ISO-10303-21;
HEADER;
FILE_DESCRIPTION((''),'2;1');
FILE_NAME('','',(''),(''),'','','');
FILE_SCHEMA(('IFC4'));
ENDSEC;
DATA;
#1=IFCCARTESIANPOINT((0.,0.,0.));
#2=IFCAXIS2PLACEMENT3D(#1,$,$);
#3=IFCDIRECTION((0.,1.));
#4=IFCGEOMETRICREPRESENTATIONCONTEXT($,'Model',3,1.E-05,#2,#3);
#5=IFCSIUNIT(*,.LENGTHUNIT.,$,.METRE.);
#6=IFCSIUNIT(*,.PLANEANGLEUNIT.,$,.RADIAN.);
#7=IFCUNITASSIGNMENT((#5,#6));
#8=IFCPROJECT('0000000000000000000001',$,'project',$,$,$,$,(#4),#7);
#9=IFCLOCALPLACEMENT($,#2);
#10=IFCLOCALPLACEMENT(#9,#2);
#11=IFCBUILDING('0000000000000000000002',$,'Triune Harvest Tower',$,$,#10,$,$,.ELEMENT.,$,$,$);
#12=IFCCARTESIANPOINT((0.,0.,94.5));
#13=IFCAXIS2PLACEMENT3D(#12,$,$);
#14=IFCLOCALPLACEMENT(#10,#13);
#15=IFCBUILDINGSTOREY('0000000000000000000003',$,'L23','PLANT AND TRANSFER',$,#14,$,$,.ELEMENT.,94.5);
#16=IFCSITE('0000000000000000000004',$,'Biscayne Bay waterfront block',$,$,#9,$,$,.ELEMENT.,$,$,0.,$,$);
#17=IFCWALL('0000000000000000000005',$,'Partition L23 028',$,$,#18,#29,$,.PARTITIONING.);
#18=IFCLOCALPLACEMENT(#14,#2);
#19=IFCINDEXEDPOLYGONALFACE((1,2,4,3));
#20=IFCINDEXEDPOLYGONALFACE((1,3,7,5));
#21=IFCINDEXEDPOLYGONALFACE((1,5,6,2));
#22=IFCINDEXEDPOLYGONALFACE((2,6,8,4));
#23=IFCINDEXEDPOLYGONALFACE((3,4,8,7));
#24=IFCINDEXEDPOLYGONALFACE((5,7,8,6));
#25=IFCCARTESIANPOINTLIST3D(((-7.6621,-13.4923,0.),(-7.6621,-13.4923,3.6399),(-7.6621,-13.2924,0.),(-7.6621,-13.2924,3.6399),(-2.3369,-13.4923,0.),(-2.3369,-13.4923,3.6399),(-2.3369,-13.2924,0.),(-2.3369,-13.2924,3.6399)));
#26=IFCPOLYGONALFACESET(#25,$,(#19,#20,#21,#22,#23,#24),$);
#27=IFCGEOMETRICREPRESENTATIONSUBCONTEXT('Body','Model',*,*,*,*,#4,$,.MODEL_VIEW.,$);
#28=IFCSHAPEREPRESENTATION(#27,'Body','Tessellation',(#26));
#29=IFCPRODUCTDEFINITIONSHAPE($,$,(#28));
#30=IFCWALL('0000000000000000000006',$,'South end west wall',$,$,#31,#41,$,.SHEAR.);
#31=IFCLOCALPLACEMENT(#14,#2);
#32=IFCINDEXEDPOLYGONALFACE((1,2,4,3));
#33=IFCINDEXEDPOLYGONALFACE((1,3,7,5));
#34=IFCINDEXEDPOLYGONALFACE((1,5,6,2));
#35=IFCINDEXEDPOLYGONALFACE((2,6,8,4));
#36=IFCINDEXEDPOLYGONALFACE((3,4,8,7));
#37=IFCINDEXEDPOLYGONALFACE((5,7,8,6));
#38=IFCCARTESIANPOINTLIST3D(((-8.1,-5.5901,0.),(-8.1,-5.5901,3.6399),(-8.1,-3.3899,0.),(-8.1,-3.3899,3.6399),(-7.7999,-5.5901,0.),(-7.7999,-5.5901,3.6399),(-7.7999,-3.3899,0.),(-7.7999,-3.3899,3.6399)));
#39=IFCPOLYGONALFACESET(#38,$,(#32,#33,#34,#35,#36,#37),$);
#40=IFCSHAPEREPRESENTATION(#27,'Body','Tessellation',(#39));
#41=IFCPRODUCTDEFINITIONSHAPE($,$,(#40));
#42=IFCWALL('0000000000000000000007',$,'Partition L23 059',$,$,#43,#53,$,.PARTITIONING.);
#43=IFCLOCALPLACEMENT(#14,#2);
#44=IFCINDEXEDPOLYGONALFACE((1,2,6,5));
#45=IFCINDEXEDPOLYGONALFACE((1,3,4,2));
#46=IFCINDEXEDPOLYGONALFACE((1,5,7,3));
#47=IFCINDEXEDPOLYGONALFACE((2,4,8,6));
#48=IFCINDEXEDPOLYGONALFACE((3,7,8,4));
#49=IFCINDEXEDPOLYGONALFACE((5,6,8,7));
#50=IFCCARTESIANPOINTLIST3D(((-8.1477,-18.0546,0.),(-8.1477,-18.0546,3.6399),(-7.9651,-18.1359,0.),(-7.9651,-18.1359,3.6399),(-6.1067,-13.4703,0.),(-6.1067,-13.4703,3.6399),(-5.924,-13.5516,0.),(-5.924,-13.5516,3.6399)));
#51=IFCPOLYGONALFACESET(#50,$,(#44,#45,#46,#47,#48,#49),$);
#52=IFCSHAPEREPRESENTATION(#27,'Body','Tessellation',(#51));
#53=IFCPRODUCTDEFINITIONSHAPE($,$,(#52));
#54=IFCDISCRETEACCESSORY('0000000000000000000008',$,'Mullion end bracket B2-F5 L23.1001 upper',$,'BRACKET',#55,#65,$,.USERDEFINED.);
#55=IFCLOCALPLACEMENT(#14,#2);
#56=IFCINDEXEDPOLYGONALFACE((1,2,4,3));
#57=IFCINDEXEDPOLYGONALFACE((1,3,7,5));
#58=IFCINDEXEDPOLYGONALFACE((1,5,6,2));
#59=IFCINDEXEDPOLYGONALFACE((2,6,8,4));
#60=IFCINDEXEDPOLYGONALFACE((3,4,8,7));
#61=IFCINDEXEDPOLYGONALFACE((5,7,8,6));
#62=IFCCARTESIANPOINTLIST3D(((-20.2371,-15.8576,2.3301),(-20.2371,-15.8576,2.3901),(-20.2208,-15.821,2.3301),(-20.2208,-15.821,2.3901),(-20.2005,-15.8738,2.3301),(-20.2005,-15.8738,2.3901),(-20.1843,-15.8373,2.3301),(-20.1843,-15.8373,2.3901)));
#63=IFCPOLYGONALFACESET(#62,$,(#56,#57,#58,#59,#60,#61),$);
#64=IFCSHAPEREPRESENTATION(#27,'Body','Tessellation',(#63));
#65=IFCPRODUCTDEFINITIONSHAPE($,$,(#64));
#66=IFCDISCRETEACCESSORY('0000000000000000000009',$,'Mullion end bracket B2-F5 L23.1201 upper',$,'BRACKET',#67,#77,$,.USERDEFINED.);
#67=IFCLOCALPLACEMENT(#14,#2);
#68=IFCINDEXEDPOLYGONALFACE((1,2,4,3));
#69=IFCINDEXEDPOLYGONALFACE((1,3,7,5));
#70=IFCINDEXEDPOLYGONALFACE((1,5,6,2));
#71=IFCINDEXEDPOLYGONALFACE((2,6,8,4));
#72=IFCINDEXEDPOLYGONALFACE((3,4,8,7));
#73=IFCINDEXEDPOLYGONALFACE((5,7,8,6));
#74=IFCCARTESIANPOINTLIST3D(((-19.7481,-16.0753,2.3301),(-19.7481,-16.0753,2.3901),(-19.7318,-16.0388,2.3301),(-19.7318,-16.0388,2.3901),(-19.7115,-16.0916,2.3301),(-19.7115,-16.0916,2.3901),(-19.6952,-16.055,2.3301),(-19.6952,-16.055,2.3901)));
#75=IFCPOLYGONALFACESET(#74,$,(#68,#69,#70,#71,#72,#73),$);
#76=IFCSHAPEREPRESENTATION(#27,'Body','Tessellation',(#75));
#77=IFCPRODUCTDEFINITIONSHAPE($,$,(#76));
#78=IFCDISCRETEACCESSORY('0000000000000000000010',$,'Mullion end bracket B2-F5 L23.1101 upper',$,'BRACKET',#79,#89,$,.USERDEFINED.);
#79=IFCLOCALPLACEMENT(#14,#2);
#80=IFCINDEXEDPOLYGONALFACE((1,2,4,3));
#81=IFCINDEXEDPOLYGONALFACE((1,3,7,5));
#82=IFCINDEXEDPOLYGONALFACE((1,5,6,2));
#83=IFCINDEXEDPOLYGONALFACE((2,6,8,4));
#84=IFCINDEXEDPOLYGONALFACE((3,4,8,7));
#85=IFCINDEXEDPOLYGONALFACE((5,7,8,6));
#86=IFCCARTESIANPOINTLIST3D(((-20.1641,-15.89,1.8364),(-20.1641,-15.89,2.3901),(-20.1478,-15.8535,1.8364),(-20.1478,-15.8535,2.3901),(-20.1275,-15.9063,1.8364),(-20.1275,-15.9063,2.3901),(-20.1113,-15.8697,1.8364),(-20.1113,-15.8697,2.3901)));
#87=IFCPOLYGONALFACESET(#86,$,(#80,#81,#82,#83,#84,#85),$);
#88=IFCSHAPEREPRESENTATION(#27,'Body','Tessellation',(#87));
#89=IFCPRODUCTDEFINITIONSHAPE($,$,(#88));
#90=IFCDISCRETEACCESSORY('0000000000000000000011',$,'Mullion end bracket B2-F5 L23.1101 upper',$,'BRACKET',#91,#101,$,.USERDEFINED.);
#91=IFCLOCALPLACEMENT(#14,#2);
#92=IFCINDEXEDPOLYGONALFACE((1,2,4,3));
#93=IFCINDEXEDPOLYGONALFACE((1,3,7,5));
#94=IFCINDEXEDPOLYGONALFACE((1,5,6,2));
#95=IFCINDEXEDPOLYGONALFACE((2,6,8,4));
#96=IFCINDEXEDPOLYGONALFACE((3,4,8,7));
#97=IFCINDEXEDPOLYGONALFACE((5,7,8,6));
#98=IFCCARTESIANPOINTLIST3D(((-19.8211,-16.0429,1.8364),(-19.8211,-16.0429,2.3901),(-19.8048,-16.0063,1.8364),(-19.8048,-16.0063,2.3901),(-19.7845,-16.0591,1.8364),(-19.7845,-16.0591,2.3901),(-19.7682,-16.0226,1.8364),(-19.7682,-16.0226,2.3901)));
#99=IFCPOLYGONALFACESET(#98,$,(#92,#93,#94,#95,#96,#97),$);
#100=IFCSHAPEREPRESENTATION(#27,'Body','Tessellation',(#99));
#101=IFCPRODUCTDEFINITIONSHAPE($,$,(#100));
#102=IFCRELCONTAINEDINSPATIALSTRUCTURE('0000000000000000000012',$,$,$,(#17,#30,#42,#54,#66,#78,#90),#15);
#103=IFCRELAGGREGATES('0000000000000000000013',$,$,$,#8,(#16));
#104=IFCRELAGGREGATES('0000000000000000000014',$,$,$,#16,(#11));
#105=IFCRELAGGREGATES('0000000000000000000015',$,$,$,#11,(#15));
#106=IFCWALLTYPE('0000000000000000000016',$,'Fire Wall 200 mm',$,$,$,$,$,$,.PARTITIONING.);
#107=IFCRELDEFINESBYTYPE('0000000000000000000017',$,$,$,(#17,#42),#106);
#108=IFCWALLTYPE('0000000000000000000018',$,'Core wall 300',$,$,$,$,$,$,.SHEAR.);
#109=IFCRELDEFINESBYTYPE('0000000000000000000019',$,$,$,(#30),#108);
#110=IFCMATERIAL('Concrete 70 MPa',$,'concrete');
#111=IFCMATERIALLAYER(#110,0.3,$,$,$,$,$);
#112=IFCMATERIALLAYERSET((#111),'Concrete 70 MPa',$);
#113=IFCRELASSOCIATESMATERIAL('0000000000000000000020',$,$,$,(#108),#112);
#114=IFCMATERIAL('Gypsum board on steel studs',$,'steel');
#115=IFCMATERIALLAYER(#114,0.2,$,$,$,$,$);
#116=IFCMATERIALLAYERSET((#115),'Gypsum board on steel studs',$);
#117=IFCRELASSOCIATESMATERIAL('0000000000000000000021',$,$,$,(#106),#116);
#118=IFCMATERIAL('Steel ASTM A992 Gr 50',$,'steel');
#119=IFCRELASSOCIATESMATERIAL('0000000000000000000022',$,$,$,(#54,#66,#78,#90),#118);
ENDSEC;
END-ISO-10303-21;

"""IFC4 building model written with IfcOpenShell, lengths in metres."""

from ifc_helpers import new_model, si_unit, direction, frame, frame_2d, origin, origin_2d, place, context, subcontext, project, spatial, rectangle, extrude, source, transform, mapped, material, layer, layer_set, type_object, element, save


model = new_model("IFC4")

# Units and contexts
model_context = context("Model", 3, precision=1e-05, world=origin(), true_north=direction((0.0, 1.0)))
body_context = subcontext(model_context, "Body", "Model", "MODEL_VIEW")
ifc_project = project(units=[si_unit("LENGTHUNIT", "METRE"), si_unit("PLANEANGLEUNIT", "RADIAN")], contexts=[model_context])

# Site, building, storey
site_placement = place(None, origin())
site = spatial("IfcSite", under=ifc_project, at=site_placement, Name="Biscayne Bay waterfront block", CompositionType="ELEMENT", RefElevation=0.0)
building_placement = place(site_placement, origin())
building = spatial("IfcBuilding", under=site, at=building_placement, Name="Triune Harvest Tower", CompositionType="ELEMENT")
storey_placement = place(building_placement, frame((0.0, 0.0, 94.5)))
storey = spatial("IfcBuildingStorey", under=building, at=storey_placement, Name="L23", Description="PLANT AND TRANSFER", CompositionType="ELEMENT", Elevation=94.5)

# Walls
ifc_material_1 = material(Name="Concrete 70 MPa", Category="concrete")
ifc_layer_1 = layer(ifc_material_1, 0.3)
ifc_layer_set_1 = layer_set([ifc_layer_1], Name="Concrete 70 MPa")
wall_type_1 = type_object("IfcWallType", Name="Core wall 300", PredefinedType="SHEAR", material=ifc_layer_set_1)
ifc_material_2 = material(Name="Gypsum board on steel studs", Category="steel")
ifc_layer_2 = layer(ifc_material_2, 0.2)
ifc_layer_set_2 = layer_set([ifc_layer_2], Name="Gypsum board on steel studs")
wall_type_2 = type_object("IfcWallType", Name="Fire Wall 200 mm", PredefinedType="PARTITIONING", material=ifc_layer_set_2)
wall_1_placement = place(storey_placement, frame((-7.6621, -13.3923, 0.0), z_axis=(0.0, 0.0, 1.0), x_axis=(1.0, 0.0, 0.0)))
element("IfcWall", 1, at=wall_1_placement, inside=storey, type_object=wall_type_2, Name="Partition L23 028", PredefinedType="PARTITIONING", context=body_context, shape_type="SweptSolid", body=[
    extrude(rectangle(XDim=5.3252, YDim=0.2, at=frame_2d((2.6626, 0.0))), origin(), (0.0, 0.0, 1.0), 3.6399),
])
shared_shape_1 = source(origin(), body_context, "Body", "SweptSolid", [
    extrude(rectangle(XDim=2.2002, YDim=0.3, at=frame_2d((1.1001, 0.0))), origin(), (0.0, 0.0, 1.0), 3.6399),
])
wall_2_placement = place(storey_placement, frame((-7.95, -5.5901, 0.0), z_axis=(0.0, 0.0, 1.0), x_axis=(0.0, 1.0, 0.0)))
element("IfcWall", 2, at=wall_2_placement, inside=storey, type_object=wall_type_1, Name="South end west wall", PredefinedType="SHEAR", context=body_context, shape_type="MappedRepresentation", body=[
    mapped(shared_shape_1, transform((0.0, 0.0, 0.0), scale=1.0)),
])
shared_shape_2 = source(origin(), body_context, "Body", "SweptSolid", [
    extrude(rectangle(XDim=5.0181, YDim=0.2, at=frame_2d((2.509, 0.0))), origin(), (0.0, 0.0, 1.0), 3.6399),
])
wall_3_placement = place(storey_placement, frame((-8.0564, -18.0952, 0.0), z_axis=(0.0, 0.0, 1.0), x_axis=(0.406734, 0.913547, 0.0)))
element("IfcWall", 3, at=wall_3_placement, inside=storey, type_object=wall_type_2, Name="Partition L23 059", PredefinedType="PARTITIONING", context=body_context, shape_type="MappedRepresentation", body=[
    mapped(shared_shape_2, transform((0.0, 0.0, 0.0), scale=1.0)),
])

# Discrete accessories
ifc_material_3 = material(Name="Steel ASTM A992 Gr 50", Category="steel")
shared_shape_3 = source(origin(), body_context, "Body", "SweptSolid", [
    extrude(rectangle(XDim=0.04, YDim=0.04, at=origin_2d()), origin(), (0.0, 0.0, 1.0), 0.0601),
])
for number, where, z_axis, x_axis, name in (
    (4, (-20.2107, -15.8474, 2.3301), (0.0, 0.0, 1.0), (0.913542, -0.406745, 0.0), "Mullion end bracket B2-F5 L23.1001 upper"),
    (5, (-19.7217, -16.0652, 2.3301), (0.0, 0.0, 1.0), (0.913545, -0.406737, 0.0), "Mullion end bracket B2-F5 L23.1201 upper"),
):
    element("IfcDiscreteAccessory", number, at=place(storey_placement, frame(where, z_axis=z_axis, x_axis=x_axis)), inside=storey, material=ifc_material_3, Name=name, ObjectType="BRACKET", PredefinedType="USERDEFINED", context=body_context, shape_type="MappedRepresentation", body=[
        mapped(shared_shape_3, transform((0.0, 0.0, 0.0), scale=1.0)),
    ])
shared_shape_4 = source(origin(), body_context, "Body", "SweptSolid", [
    extrude(rectangle(XDim=0.04, YDim=0.04, at=origin_2d()), origin(), (0.0, 0.0, 1.0), 0.5537),
])
for number, where, z_axis, x_axis, name in (
    (6, (-20.1377, -15.8799, 1.8364), (0.0, 0.0, 1.0), (0.913558, -0.40671, 0.0), "Mullion end bracket B2-F5 L23.1101 upper"),
    (7, (-19.7947, -16.0327, 1.8364), (0.0, 0.0, 1.0), (0.913558, -0.40671, 0.0), "Mullion end bracket B2-F5 L23.1101 upper"),
):
    element("IfcDiscreteAccessory", number, at=place(storey_placement, frame(where, z_axis=z_axis, x_axis=x_axis)), inside=storey, material=ifc_material_3, Name=name, ObjectType="BRACKET", PredefinedType="USERDEFINED", context=body_context, shape_type="MappedRepresentation", body=[
        mapped(shared_shape_4, transform((0.0, 0.0, 0.0), scale=1.0)),
    ])

save(model, "model.ifc")
